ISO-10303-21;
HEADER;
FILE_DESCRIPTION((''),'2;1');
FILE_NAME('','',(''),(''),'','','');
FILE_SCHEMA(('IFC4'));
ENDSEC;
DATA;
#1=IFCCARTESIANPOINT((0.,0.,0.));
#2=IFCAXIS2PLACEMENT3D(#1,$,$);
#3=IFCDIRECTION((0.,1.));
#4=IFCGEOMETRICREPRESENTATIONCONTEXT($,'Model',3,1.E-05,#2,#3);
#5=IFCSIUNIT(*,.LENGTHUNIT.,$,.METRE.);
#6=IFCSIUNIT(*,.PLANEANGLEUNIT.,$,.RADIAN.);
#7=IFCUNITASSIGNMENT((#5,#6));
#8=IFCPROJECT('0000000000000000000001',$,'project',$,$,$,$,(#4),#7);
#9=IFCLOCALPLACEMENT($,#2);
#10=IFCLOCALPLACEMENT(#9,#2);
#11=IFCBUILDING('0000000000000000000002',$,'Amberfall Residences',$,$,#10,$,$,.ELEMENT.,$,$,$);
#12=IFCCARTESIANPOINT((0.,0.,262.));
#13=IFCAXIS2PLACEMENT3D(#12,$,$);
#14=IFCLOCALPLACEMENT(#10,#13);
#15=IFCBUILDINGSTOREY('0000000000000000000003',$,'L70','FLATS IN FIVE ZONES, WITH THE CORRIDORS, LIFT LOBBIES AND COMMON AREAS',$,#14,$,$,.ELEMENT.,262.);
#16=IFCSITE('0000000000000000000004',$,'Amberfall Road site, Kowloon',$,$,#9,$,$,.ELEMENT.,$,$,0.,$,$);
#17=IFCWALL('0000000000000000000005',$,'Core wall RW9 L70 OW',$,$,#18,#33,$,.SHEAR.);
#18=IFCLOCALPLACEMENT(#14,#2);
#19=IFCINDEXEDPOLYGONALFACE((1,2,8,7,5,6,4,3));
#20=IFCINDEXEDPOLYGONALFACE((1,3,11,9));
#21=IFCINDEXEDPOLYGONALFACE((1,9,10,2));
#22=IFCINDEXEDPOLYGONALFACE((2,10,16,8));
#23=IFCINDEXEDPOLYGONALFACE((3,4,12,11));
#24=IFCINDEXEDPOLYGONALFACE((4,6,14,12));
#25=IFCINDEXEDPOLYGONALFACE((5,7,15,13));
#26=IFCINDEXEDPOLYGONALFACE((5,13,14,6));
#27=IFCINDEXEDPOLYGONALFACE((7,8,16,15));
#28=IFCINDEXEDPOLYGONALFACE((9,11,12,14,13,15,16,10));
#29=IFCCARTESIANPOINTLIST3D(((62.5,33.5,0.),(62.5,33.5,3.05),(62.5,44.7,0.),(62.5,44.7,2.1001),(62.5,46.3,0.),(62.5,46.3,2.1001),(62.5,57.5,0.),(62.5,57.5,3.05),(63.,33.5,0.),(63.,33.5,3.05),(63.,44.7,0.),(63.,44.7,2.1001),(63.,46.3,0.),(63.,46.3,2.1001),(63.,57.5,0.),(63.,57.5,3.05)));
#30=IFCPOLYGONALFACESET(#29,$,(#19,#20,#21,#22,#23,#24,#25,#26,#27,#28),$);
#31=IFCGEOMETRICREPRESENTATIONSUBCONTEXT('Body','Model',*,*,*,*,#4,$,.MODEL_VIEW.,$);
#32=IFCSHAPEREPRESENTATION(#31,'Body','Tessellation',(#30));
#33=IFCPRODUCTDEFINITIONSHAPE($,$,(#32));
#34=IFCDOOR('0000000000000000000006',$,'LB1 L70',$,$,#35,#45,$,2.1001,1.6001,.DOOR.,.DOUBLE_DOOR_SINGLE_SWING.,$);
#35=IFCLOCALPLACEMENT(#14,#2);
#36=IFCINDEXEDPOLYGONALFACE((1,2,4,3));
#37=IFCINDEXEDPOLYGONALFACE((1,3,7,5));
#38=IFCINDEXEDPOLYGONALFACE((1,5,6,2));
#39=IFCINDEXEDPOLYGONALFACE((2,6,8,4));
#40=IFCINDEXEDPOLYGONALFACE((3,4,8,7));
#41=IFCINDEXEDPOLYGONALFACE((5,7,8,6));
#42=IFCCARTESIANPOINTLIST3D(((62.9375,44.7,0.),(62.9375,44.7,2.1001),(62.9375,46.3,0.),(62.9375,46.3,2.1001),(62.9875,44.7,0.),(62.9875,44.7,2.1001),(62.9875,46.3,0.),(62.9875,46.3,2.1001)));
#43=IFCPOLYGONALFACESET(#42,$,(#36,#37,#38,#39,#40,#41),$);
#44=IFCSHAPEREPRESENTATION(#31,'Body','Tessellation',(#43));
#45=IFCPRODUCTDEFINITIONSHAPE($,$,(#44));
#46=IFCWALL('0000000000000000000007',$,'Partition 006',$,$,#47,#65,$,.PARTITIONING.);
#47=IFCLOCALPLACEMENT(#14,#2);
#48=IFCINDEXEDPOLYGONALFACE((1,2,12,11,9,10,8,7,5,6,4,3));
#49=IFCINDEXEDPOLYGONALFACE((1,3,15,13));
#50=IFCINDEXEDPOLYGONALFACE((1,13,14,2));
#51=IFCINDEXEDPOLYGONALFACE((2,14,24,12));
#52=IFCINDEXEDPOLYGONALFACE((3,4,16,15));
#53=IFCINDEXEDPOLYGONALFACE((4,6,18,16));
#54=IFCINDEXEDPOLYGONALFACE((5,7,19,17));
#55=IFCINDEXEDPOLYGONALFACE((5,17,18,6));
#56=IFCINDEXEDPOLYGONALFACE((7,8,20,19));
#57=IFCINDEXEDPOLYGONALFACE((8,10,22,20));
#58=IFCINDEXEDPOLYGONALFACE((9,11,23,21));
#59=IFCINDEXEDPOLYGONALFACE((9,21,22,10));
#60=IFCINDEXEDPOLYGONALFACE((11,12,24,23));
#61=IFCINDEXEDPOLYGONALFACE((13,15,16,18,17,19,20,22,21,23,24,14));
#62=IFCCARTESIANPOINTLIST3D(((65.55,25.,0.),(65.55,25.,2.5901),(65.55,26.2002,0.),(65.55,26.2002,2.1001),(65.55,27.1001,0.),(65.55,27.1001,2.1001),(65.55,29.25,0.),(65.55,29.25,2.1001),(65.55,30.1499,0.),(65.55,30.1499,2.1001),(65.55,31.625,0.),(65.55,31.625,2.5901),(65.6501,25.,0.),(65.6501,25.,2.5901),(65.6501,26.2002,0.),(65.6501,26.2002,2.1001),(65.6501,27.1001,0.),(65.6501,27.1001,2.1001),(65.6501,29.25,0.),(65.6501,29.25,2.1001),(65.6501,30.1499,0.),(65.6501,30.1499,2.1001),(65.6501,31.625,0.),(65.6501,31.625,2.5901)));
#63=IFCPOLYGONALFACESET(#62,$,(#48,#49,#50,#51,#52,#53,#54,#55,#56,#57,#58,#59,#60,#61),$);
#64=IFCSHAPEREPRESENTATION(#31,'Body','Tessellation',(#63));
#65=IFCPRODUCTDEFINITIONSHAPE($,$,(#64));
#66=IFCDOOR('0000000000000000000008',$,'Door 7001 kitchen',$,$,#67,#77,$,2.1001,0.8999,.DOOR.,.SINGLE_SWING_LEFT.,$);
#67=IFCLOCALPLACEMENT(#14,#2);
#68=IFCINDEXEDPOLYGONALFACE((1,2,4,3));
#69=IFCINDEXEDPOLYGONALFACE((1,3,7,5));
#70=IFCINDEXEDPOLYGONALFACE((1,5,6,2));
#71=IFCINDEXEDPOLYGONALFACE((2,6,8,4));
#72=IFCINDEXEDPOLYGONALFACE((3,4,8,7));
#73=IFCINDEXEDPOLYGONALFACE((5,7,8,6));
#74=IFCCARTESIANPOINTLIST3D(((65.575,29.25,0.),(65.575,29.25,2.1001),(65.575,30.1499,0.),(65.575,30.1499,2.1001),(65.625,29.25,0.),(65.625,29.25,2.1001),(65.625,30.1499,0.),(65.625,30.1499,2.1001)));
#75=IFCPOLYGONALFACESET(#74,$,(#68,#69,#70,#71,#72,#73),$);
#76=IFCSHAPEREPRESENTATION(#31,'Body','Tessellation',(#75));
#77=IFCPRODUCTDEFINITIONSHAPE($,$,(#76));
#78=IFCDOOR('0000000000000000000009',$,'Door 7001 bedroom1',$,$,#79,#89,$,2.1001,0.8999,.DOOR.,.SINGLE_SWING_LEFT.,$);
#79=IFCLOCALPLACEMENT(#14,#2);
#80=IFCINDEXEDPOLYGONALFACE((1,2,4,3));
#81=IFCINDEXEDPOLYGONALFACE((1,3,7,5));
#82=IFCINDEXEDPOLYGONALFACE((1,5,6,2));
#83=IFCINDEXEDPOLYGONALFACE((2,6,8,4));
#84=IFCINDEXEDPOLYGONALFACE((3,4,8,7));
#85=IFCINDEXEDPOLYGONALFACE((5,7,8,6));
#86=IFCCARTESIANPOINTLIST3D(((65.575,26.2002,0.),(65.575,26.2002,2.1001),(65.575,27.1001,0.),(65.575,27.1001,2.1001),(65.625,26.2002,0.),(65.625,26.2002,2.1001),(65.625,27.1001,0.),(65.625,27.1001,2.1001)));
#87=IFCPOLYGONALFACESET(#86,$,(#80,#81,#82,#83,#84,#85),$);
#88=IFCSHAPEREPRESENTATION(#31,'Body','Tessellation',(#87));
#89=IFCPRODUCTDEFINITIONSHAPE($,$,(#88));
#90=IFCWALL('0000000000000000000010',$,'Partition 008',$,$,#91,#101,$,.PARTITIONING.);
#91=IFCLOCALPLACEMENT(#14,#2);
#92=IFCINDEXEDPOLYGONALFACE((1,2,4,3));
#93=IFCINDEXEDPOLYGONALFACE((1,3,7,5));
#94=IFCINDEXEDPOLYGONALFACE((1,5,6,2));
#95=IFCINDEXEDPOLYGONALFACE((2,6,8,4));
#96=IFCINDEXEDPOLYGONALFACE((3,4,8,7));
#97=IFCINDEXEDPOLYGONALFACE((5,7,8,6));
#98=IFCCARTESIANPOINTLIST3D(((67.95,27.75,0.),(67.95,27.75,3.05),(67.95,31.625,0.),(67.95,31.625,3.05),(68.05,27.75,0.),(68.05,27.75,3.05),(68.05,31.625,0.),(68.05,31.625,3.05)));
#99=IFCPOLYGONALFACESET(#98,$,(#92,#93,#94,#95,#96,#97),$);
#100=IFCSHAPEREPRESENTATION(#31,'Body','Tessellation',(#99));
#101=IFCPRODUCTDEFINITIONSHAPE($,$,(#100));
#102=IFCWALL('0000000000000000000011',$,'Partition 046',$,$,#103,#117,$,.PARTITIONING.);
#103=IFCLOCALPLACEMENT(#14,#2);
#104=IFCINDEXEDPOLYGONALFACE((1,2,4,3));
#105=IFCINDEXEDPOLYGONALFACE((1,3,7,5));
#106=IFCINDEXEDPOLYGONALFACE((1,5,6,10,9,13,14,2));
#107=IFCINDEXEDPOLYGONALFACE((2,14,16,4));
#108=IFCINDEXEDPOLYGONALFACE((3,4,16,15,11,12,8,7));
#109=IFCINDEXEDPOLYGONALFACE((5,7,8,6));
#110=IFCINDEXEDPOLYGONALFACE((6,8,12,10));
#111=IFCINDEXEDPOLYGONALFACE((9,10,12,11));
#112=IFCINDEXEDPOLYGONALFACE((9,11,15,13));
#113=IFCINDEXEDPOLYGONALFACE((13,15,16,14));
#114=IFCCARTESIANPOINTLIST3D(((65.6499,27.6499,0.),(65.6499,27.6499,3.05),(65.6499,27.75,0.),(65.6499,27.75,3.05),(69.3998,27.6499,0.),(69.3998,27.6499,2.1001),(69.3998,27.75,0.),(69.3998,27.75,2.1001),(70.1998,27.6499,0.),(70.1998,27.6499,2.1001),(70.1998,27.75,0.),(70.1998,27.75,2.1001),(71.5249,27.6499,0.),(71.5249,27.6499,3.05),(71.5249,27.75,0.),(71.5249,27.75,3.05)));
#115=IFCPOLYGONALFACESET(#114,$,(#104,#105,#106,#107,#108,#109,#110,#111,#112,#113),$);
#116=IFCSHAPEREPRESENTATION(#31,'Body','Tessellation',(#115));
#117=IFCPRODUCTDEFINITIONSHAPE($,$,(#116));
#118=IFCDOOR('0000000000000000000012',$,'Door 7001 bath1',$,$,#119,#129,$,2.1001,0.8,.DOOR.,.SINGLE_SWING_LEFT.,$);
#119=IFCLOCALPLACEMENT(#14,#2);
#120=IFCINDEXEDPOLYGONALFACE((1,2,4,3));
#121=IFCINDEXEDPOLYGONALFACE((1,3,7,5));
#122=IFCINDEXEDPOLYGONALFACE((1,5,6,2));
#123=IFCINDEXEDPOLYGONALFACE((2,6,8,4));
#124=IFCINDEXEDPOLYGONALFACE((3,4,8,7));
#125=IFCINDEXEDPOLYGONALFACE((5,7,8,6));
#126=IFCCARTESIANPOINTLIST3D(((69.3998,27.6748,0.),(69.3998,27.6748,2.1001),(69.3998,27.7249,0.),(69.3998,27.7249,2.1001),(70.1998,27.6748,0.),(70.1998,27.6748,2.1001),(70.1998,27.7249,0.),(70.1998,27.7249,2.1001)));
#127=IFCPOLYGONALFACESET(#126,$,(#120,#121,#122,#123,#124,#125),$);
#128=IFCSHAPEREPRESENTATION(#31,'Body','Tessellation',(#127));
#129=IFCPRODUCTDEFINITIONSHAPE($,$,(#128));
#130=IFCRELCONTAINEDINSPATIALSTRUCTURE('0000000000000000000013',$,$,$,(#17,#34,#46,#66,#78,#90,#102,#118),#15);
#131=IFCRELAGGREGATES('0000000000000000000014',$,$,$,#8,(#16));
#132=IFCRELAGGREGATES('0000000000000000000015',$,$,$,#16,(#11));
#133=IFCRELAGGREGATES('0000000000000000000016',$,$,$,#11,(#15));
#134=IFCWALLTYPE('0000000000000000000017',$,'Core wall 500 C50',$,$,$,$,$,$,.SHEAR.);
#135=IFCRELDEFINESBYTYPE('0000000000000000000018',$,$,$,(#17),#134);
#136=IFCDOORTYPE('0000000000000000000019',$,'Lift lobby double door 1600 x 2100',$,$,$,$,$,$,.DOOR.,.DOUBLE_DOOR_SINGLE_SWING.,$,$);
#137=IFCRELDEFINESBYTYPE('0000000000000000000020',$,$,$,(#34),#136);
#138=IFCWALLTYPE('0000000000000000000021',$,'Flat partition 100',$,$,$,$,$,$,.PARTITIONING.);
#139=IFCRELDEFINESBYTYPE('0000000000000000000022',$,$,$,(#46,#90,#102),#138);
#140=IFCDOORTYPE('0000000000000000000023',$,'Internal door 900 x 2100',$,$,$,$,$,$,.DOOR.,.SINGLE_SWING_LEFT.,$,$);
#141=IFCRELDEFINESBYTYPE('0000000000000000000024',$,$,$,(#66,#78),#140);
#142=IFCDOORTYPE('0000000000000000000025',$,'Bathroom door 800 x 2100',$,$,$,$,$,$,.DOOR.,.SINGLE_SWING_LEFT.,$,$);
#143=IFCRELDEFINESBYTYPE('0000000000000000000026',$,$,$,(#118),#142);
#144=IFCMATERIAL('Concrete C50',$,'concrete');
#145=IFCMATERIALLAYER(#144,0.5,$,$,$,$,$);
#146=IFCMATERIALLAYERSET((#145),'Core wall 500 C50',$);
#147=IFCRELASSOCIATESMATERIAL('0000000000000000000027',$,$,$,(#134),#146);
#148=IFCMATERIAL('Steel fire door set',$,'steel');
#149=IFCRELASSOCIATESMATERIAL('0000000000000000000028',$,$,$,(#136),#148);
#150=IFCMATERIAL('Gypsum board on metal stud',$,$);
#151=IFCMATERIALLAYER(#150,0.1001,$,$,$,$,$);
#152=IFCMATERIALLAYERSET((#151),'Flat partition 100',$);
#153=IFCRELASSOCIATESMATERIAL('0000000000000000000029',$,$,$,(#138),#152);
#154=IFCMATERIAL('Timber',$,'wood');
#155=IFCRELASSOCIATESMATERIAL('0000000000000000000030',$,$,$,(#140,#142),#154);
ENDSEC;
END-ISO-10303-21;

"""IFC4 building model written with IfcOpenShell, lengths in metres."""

from ifc_helpers import new_model, si_unit, direction, frame, frame_2d, origin, place, context, subcontext, project, spatial, rectangle, extrude, material, layer, layer_set, type_object, element, fill, save


model = new_model("IFC4")

# Units and contexts
model_context = context("Model", 3, precision=1e-05, world=origin(), true_north=direction((0.0, 1.0)))
body_context = subcontext(model_context, "Body", "Model", "MODEL_VIEW")
ifc_project = project(units=[si_unit("LENGTHUNIT", "METRE"), si_unit("PLANEANGLEUNIT", "RADIAN")], contexts=[model_context])

# Site, building, storey
site_placement = place(None, origin())
site = spatial("IfcSite", under=ifc_project, at=site_placement, Name="Amberfall Road site, Kowloon", CompositionType="ELEMENT", RefElevation=0.0)
building_placement = place(site_placement, origin())
building = spatial("IfcBuilding", under=site, at=building_placement, Name="Amberfall Residences", CompositionType="ELEMENT")
storey_placement = place(building_placement, frame((0.0, 0.0, 262.0)))
storey = spatial("IfcBuildingStorey", under=building, at=storey_placement, Name="L70", Description="FLATS IN FIVE ZONES, WITH THE CORRIDORS, LIFT LOBBIES AND COMMON AREAS", CompositionType="ELEMENT", Elevation=262.0)

# Shared definitions
ifc_material_1 = material(Name="Concrete C50", Category="concrete")
ifc_material_2 = material(Name="Steel fire door set", Category="steel")

# Shared definitions
ifc_layer_1 = layer(ifc_material_1, 0.5)
ifc_layer_set_1 = layer_set([ifc_layer_1], Name="Core wall 500 C50")
wall_type_1 = type_object("IfcWallType", Name="Core wall 500 C50", PredefinedType="SHEAR", material=ifc_layer_set_1)

# Wall, opening, door
wall_1_placement = place(storey_placement, frame((62.75, 33.5, 0.0), z_axis=(0.0, 0.0, 1.0), x_axis=(0.0, 1.0, 0.0)))
wall_1 = element("IfcWall", 1, at=wall_1_placement, inside=storey, type_object=wall_type_1, Name="Core wall RW9 L70 OW", PredefinedType="SHEAR", context=body_context, shape_type="SweptSolid", body=[
    extrude(rectangle(XDim=24.0, YDim=0.5, at=frame_2d((12.0, 0.0))), origin(), (0.0, 0.0, 1.0), 3.05),
])
opening_1_placement = place(wall_1_placement, frame((11.2, 0.0, 0.0)))
opening_1 = element("IfcOpeningElement", 2, at=opening_1_placement, cuts=wall_1, PredefinedType="OPENING", context=body_context, shape_type="SweptSolid", body=[
    extrude(rectangle(XDim=1.6001, YDim=2.1001, at=frame_2d((0.8, 1.05))), frame((0.0, 0.26, 0.0), z_axis=(0.0, -1.0, 0.0), x_axis=(1.0, 0.0, 0.0)), (0.0, 0.0, 1.0), 0.52),
])
door_type_1 = type_object("IfcDoorType", Name="Lift lobby double door 1600 x 2100", OperationType="DOUBLE_DOOR_SINGLE_SWING", PredefinedType="DOOR", material=ifc_material_2)
door_1_placement = place(opening_1_placement, origin())
door_1 = element("IfcDoor", 3, at=door_1_placement, inside=storey, type_object=door_type_1, Name="LB1 L70", OperationType="DOUBLE_DOOR_SINGLE_SWING", OverallHeight=2.1001, OverallWidth=1.6001, PredefinedType="DOOR", context=body_context, shape_type="SweptSolid", body=[
    extrude(rectangle(XDim=1.6001, YDim=2.1001, at=frame_2d((0.8, 1.05))), frame((0.0, -0.1875, 0.0), z_axis=(0.0, -1.0, 0.0), x_axis=(1.0, 0.0, 0.0)), (0.0, 0.0, 1.0), 0.05),
])
fill(opening_1, door_1)

# Wall, openings, doors
ifc_material_3 = material(Name="Gypsum board on metal stud")
ifc_layer_2 = layer(ifc_material_3, 0.1001)
ifc_layer_set_2 = layer_set([ifc_layer_2], Name="Flat partition 100")
wall_type_2 = type_object("IfcWallType", Name="Flat partition 100", PredefinedType="PARTITIONING", material=ifc_layer_set_2)
wall_2_placement = place(storey_placement, frame((65.6001, 31.625, 0.0), z_axis=(0.0, 0.0, 1.0), x_axis=(0.0, -1.0, 0.0)))
wall_2 = element("IfcWall", 4, at=wall_2_placement, inside=storey, type_object=wall_type_2, Name="Partition 006", PredefinedType="PARTITIONING", context=body_context, shape_type="SweptSolid", body=[
    extrude(rectangle(XDim=6.625, YDim=0.1001, at=frame_2d((3.3125, 0.0))), origin(), (0.0, 0.0, 1.0), 2.5901),
])
opening_2_placement = place(wall_2_placement, frame((1.4751, 0.0, 0.0)))
opening_2 = element("IfcOpeningElement", 5, at=opening_2_placement, cuts=wall_2, PredefinedType="OPENING", context=body_context, shape_type="SweptSolid", body=[
    extrude(rectangle(XDim=0.8999, YDim=2.1001, at=frame_2d((0.45, 1.05))), frame((0.0, 0.0601, 0.0), z_axis=(0.0, -1.0, 0.0), x_axis=(1.0, 0.0, 0.0)), (0.0, 0.0, 1.0), 0.1201),
])
opening_3_placement = place(wall_2_placement, frame((4.5249, 0.0, 0.0)))
opening_3 = element("IfcOpeningElement", 6, at=opening_3_placement, cuts=wall_2, PredefinedType="OPENING", context=body_context, shape_type="SweptSolid", body=[
    extrude(rectangle(XDim=0.8999, YDim=2.1001, at=frame_2d((0.45, 1.05))), frame((0.0, 0.0601, 0.0), z_axis=(0.0, -1.0, 0.0), x_axis=(1.0, 0.0, 0.0)), (0.0, 0.0, 1.0), 0.1201),
])
ifc_material_4 = material(Name="Timber", Category="wood")
door_type_2 = type_object("IfcDoorType", Name="Internal door 900 x 2100", OperationType="SINGLE_SWING_LEFT", PredefinedType="DOOR", material=ifc_material_4)
door_2_placement = place(opening_2_placement, origin())
door_2 = element("IfcDoor", 7, at=door_2_placement, inside=storey, type_object=door_type_2, Name="Door 7001 kitchen", OperationType="SINGLE_SWING_LEFT", OverallHeight=2.1001, OverallWidth=0.8999, PredefinedType="DOOR", context=body_context, shape_type="SweptSolid", body=[
    extrude(rectangle(XDim=0.8999, YDim=2.1001, at=frame_2d((0.45, 1.05))), frame((0.0, 0.0249, 0.0), z_axis=(0.0, -1.0, 0.0), x_axis=(1.0, 0.0, 0.0)), (0.0, 0.0, 1.0), 0.05),
])
fill(opening_2, door_2)
door_3_placement = place(opening_3_placement, origin())
door_3 = element("IfcDoor", 8, at=door_3_placement, inside=storey, type_object=door_type_2, Name="Door 7001 bedroom1", OperationType="SINGLE_SWING_LEFT", OverallHeight=2.1001, OverallWidth=0.8999, PredefinedType="DOOR", context=body_context, shape_type="SweptSolid", body=[
    extrude(rectangle(XDim=0.8999, YDim=2.1001, at=frame_2d((0.45, 1.05))), frame((0.0, 0.0249, 0.0), z_axis=(0.0, -1.0, 0.0), x_axis=(1.0, 0.0, 0.0)), (0.0, 0.0, 1.0), 0.05),
])
fill(opening_3, door_3)

# Wall
wall_3_placement = place(storey_placement, frame((68.0, 27.75, 0.0), z_axis=(0.0, 0.0, 1.0), x_axis=(0.0, 1.0, 0.0)))
element("IfcWall", 9, at=wall_3_placement, inside=storey, type_object=wall_type_2, Name="Partition 008", PredefinedType="PARTITIONING", context=body_context, shape_type="SweptSolid", body=[
    extrude(rectangle(XDim=3.875, YDim=0.1001, at=frame_2d((1.9375, 0.0))), origin(), (0.0, 0.0, 1.0), 3.05),
])

# Wall, opening, door
wall_4_placement = place(storey_placement, frame((65.6499, 27.7, 0.0), z_axis=(0.0, 0.0, 1.0), x_axis=(1.0, 0.0, 0.0)))
wall_4 = element("IfcWall", 10, at=wall_4_placement, inside=storey, type_object=wall_type_2, Name="Partition 046", PredefinedType="PARTITIONING", context=body_context, shape_type="SweptSolid", body=[
    extrude(rectangle(XDim=5.875, YDim=0.1001, at=frame_2d((2.9375, 0.0))), origin(), (0.0, 0.0, 1.0), 3.05),
])
opening_4_placement = place(wall_4_placement, frame((3.75, 0.0, 0.0)))
opening_4 = element("IfcOpeningElement", 11, at=opening_4_placement, cuts=wall_4, PredefinedType="OPENING", context=body_context, shape_type="SweptSolid", body=[
    extrude(rectangle(XDim=0.8, YDim=2.1001, at=frame_2d((0.3999, 1.05))), frame((0.0, 0.0601, 0.0), z_axis=(0.0, -1.0, 0.0), x_axis=(1.0, 0.0, 0.0)), (0.0, 0.0, 1.0), 0.1201),
])
door_type_3 = type_object("IfcDoorType", Name="Bathroom door 800 x 2100", OperationType="SINGLE_SWING_LEFT", PredefinedType="DOOR", material=ifc_material_4)
door_4_placement = place(opening_4_placement, origin())
door_4 = element("IfcDoor", 12, at=door_4_placement, inside=storey, type_object=door_type_3, Name="Door 7001 bath1", OperationType="SINGLE_SWING_LEFT", OverallHeight=2.1001, OverallWidth=0.8, PredefinedType="DOOR", context=body_context, shape_type="SweptSolid", body=[
    extrude(rectangle(XDim=0.8, YDim=2.1001, at=frame_2d((0.3999, 1.05))), frame((0.0, 0.0249, 0.0), z_axis=(0.0, -1.0, 0.0), x_axis=(1.0, 0.0, 0.0)), (0.0, 0.0, 1.0), 0.05),
])
fill(opening_4, door_4)

save(model, "model.ifc")
